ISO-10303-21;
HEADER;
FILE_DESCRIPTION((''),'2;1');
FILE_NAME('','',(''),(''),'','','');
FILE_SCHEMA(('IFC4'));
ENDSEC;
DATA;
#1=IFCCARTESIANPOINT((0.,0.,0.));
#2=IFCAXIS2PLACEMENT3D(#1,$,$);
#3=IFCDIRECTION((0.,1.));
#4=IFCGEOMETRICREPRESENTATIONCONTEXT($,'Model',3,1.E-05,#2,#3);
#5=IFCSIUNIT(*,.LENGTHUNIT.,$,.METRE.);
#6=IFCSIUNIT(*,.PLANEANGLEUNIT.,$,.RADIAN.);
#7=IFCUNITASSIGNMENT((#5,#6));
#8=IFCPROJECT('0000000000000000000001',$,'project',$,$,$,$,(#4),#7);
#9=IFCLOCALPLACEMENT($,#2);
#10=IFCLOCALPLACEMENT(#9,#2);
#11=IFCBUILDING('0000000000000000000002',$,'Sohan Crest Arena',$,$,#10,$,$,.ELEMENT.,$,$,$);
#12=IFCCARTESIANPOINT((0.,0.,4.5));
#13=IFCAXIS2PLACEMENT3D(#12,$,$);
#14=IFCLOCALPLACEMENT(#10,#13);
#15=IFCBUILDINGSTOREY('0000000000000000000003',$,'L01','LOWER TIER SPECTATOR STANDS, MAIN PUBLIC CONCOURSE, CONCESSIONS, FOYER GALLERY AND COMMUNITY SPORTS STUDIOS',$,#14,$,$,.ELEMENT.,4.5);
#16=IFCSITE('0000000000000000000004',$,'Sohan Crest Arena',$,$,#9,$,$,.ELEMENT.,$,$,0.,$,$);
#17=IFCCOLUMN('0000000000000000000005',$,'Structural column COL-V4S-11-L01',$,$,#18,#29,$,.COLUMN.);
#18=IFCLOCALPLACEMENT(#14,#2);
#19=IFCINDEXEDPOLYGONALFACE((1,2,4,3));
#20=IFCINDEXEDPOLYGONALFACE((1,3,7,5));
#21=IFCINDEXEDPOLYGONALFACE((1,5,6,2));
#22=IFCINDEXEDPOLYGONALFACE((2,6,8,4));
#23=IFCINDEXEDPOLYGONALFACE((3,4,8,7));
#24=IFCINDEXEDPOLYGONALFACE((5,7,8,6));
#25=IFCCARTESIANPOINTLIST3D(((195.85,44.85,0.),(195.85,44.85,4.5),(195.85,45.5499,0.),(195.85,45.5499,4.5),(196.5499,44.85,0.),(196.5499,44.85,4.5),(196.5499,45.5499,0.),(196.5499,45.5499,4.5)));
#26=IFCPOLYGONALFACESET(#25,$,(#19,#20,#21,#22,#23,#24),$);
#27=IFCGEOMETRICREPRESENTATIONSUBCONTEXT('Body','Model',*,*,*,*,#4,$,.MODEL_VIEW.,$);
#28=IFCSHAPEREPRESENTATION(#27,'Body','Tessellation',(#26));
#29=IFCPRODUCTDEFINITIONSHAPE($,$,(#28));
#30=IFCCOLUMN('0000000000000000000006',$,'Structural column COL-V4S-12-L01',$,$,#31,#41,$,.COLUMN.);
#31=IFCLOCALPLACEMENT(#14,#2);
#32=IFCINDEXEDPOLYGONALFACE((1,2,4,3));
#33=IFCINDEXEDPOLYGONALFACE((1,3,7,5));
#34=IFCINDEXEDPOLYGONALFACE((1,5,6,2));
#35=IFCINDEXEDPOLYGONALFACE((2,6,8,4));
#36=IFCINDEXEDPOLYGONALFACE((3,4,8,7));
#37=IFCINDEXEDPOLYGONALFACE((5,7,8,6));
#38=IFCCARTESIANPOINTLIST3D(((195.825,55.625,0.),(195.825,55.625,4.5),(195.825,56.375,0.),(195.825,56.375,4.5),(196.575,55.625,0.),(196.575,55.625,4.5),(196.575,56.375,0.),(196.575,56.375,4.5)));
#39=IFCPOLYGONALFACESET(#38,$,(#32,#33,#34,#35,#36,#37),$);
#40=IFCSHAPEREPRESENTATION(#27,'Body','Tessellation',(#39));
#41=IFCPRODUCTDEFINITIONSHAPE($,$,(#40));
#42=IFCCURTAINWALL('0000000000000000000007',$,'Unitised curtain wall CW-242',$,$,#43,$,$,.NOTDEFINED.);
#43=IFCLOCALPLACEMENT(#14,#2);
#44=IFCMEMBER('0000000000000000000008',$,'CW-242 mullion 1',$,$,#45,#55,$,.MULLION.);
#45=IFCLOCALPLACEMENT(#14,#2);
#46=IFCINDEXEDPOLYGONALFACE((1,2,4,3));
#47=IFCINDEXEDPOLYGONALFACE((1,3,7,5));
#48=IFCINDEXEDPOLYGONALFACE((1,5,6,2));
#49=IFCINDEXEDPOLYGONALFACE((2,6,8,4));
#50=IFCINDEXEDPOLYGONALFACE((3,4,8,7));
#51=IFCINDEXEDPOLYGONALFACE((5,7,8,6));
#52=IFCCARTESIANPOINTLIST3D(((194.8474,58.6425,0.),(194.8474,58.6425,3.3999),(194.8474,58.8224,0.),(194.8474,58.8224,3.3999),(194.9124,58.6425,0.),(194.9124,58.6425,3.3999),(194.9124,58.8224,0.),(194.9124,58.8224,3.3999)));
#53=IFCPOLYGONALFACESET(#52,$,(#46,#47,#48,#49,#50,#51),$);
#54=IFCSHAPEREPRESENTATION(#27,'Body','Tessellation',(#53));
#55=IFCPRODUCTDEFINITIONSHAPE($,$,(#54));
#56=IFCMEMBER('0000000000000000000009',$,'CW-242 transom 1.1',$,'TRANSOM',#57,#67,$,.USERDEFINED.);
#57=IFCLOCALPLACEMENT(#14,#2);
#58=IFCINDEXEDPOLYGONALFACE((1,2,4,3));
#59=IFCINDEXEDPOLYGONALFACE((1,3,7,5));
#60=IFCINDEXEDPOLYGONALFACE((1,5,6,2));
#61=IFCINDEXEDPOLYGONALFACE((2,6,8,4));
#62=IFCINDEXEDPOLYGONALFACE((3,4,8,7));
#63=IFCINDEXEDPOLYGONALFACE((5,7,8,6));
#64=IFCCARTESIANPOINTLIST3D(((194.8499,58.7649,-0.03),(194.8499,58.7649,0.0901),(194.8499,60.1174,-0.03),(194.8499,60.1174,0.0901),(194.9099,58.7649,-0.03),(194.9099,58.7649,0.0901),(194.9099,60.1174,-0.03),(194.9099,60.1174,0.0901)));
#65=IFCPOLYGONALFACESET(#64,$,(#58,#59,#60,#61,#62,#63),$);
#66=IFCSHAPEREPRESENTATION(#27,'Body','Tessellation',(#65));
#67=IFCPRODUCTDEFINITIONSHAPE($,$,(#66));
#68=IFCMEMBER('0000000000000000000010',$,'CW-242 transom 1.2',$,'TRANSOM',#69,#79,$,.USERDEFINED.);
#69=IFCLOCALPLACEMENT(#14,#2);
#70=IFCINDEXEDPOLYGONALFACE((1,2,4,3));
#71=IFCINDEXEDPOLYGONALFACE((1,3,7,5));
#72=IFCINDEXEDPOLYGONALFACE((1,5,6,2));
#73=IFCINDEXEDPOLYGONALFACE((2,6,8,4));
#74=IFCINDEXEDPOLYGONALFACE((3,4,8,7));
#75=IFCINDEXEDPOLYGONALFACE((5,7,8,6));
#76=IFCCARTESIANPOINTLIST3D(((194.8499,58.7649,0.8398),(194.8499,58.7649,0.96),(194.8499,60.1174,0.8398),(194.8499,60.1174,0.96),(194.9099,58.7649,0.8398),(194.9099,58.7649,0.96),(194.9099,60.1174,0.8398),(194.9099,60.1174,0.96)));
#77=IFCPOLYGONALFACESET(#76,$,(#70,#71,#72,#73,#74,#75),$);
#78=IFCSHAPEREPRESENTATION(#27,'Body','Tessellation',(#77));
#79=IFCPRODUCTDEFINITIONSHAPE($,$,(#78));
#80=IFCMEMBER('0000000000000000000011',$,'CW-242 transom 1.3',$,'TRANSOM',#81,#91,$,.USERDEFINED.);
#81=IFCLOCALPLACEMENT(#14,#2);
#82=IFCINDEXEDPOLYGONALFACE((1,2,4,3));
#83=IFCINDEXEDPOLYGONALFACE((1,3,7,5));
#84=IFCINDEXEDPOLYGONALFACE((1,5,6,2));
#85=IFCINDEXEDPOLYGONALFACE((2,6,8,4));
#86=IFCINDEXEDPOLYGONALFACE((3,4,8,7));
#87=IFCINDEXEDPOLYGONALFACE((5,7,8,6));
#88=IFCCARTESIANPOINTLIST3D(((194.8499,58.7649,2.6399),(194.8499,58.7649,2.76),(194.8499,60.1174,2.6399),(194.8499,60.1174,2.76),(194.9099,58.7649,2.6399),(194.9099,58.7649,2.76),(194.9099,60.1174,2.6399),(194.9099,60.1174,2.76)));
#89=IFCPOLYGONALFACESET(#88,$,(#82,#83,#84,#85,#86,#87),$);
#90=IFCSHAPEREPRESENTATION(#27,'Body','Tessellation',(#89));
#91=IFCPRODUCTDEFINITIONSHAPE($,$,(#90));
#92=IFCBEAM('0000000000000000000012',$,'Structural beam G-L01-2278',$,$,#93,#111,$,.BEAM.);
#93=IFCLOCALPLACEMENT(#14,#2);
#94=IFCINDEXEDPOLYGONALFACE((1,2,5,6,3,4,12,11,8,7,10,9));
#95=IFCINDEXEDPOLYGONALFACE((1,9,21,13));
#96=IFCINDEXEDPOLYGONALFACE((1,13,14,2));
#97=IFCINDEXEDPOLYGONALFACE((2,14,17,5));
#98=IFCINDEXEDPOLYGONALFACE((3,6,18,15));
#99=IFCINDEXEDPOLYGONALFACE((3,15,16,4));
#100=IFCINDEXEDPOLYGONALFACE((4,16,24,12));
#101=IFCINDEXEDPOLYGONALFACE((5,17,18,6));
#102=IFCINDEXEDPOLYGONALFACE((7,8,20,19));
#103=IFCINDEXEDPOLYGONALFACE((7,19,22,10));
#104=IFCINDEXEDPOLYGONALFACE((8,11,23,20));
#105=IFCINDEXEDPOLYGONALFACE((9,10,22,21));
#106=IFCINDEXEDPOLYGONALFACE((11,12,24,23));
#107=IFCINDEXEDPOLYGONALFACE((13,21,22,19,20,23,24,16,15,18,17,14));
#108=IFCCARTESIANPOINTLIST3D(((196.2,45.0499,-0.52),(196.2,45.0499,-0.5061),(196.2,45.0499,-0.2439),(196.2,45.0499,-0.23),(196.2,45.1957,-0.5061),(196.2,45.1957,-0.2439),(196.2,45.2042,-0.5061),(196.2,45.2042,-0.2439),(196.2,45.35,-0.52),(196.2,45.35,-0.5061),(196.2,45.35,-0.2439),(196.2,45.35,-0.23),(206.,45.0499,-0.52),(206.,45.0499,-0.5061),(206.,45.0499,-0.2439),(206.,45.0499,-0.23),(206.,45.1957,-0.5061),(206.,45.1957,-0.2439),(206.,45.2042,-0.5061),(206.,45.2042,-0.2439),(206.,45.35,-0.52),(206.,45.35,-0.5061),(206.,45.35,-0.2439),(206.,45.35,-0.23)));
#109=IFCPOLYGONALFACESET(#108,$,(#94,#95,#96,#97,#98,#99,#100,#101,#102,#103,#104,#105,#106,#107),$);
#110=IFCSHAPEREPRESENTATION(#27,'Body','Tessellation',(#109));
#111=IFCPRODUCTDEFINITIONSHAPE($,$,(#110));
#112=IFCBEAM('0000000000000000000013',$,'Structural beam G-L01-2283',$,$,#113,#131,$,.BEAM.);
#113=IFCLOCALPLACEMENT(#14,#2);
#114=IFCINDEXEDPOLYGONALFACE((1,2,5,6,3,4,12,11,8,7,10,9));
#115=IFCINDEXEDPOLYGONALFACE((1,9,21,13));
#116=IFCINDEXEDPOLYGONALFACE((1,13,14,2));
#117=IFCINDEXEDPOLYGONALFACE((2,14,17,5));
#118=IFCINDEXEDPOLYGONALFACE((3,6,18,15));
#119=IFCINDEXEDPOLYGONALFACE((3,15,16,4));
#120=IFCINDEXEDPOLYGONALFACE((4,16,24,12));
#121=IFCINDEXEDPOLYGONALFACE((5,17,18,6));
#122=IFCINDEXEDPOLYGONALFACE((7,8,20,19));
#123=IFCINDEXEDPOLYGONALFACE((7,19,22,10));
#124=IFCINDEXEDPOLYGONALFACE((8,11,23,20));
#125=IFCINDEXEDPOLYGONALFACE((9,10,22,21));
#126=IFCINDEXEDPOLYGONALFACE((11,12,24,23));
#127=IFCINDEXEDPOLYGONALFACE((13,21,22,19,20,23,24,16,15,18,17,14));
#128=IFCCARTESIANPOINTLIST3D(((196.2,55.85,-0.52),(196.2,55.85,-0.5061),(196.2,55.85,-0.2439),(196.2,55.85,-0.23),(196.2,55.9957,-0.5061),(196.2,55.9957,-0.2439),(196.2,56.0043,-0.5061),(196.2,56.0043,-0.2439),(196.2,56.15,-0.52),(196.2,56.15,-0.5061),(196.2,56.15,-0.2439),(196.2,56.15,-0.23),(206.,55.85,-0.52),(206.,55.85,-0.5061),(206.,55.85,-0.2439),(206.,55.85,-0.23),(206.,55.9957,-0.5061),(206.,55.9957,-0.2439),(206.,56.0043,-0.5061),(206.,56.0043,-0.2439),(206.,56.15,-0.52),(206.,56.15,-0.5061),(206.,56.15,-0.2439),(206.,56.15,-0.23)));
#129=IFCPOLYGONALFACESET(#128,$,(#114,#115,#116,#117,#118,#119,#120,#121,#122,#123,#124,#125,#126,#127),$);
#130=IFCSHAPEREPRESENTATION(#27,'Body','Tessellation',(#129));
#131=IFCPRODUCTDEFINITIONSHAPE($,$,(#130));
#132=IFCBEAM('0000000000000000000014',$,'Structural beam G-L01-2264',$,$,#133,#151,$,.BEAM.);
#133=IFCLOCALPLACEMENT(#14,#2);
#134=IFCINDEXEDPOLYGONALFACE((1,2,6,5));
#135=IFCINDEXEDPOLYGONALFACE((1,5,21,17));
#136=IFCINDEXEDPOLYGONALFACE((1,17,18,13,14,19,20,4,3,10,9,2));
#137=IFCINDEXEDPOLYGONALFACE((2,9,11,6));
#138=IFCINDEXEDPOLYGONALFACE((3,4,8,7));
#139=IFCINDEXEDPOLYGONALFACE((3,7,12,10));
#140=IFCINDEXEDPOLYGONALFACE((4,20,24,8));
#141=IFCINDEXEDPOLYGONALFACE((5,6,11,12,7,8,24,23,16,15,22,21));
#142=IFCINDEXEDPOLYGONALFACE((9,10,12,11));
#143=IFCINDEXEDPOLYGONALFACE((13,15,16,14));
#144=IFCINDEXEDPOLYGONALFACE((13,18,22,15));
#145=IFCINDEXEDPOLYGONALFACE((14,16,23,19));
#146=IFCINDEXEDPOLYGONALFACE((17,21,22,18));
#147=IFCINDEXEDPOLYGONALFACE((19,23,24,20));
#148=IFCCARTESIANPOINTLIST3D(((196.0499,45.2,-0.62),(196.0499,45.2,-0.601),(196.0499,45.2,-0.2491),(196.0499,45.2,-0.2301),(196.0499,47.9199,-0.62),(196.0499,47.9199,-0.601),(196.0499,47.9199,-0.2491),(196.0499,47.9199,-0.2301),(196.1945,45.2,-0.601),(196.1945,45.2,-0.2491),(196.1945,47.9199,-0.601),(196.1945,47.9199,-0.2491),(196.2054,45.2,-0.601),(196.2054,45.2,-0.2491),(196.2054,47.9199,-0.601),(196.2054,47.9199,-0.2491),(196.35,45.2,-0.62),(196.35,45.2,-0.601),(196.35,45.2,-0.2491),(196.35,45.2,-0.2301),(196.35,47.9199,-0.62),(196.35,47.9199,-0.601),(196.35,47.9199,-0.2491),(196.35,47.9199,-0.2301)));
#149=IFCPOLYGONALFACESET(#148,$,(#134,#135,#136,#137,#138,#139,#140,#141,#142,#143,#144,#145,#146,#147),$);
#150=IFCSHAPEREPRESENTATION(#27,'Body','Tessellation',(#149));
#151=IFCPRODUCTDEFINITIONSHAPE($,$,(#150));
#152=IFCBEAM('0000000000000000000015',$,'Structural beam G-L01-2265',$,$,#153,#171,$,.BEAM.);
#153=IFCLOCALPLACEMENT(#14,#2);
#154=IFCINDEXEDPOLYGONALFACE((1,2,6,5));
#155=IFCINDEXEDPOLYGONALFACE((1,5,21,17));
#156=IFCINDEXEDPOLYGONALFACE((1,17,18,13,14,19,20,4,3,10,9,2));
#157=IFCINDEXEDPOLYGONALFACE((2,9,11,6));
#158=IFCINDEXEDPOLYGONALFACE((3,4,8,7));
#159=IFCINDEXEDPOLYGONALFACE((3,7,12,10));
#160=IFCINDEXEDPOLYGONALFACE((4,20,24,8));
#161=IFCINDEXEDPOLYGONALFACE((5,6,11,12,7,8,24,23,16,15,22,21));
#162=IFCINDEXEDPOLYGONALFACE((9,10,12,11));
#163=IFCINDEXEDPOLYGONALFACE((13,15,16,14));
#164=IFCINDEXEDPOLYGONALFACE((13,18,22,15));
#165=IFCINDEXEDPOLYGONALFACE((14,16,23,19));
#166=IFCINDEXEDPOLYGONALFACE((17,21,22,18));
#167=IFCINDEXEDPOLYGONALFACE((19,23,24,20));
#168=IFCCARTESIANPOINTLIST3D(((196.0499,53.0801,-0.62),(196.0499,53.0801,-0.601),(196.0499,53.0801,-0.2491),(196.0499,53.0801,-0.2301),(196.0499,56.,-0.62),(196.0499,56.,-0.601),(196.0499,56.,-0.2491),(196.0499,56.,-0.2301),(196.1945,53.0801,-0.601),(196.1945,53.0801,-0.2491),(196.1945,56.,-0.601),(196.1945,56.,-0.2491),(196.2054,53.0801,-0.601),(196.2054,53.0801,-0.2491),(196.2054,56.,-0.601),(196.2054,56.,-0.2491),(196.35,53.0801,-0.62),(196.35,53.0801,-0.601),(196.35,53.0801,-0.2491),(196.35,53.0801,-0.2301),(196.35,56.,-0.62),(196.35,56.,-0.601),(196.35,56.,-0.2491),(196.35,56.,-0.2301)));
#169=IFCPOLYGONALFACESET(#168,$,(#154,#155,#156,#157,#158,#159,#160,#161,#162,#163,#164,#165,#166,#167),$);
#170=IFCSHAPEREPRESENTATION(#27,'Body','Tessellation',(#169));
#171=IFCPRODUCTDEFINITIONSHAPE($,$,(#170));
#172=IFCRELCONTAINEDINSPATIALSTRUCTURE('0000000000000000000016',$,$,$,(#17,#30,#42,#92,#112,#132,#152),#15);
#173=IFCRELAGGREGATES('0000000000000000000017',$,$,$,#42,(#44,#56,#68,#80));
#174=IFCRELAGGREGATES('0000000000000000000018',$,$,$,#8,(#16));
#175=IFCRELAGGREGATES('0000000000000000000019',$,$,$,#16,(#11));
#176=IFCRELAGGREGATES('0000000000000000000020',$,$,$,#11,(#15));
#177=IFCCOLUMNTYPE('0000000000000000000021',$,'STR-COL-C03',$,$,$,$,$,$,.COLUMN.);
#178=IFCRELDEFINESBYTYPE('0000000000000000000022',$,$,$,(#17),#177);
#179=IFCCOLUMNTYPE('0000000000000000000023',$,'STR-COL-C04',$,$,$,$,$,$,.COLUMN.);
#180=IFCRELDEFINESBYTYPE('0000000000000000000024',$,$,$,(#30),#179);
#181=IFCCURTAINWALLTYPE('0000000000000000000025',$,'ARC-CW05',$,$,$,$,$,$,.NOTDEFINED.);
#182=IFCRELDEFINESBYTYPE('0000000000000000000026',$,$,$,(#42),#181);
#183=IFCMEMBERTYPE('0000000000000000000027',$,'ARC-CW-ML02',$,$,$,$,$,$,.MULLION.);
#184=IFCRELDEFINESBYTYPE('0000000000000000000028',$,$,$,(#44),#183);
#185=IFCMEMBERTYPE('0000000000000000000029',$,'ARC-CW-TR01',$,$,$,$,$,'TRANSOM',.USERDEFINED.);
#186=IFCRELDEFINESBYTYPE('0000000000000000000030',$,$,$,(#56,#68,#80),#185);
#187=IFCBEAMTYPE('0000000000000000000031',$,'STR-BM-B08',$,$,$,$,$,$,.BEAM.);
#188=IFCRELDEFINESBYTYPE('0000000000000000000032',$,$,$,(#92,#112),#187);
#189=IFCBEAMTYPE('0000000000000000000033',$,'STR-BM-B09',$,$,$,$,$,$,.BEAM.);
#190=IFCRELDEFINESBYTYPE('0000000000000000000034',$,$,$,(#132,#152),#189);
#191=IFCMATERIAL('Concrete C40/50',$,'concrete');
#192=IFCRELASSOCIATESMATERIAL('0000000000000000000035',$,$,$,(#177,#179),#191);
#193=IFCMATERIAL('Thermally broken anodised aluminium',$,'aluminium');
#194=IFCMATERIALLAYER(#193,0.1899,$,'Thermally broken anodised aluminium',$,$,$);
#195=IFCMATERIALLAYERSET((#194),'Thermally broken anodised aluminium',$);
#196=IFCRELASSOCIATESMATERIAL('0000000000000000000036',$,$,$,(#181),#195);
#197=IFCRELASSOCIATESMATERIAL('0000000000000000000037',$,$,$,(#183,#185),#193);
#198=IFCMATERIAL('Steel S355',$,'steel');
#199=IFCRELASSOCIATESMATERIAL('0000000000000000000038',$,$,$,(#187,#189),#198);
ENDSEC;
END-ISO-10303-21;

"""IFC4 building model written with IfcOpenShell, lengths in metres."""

from ifc_helpers import new_model, si_unit, direction, frame, origin, origin_2d, place, context, subcontext, project, spatial, rectangle, i_section, extrude, material, layer, layer_set, material_profile, profile_set, type_object, element, aggregate, save


model = new_model("IFC4")

# Units and contexts
model_context = context("Model", 3, precision=1e-05, world=origin(), true_north=direction((0.0, 1.0)))
body_context = subcontext(model_context, "Body", "Model", "MODEL_VIEW")
ifc_project = project(units=[si_unit("LENGTHUNIT", "METRE"), si_unit("PLANEANGLEUNIT", "RADIAN")], contexts=[model_context])

# Site, building, storey
site_placement = place(None, origin())
site = spatial("IfcSite", under=ifc_project, at=site_placement, Name="Sohan Crest Arena", CompositionType="ELEMENT", RefElevation=0.0)
building_placement = place(site_placement, origin())
building = spatial("IfcBuilding", under=site, at=building_placement, Name="Sohan Crest Arena", CompositionType="ELEMENT")
storey_placement = place(building_placement, frame((0.0, 0.0, 4.5)))
storey = spatial("IfcBuildingStorey", under=building, at=storey_placement, Name="L01", Description="LOWER TIER SPECTATOR STANDS, MAIN PUBLIC CONCOURSE, CONCESSIONS, FOYER GALLERY AND COMMUNITY SPORTS STUDIOS", CompositionType="ELEMENT", Elevation=4.5)

# Columns
ifc_material_1 = material(Name="Concrete C40/50", Category="concrete")
ifc_material_profile_1 = material_profile(ifc_material_1, rectangle(XDim=0.7, YDim=0.7, at=origin_2d()), Name="RC 700x700")
ifc_profile_set_1 = profile_set([ifc_material_profile_1], Name="Concrete C40/50")
column_type_1 = type_object("IfcColumnType", Name="STR-COL-C03", PredefinedType="COLUMN", material=ifc_profile_set_1)
column_1_placement = place(storey_placement, frame((196.2, 45.2, 0.0), z_axis=(0.0, 0.0, 1.0), x_axis=(1.0, 0.0, 0.0)))
element("IfcColumn", 1, at=column_1_placement, inside=storey, type_object=column_type_1, Name="Structural column COL-V4S-11-L01", PredefinedType="COLUMN", context=body_context, shape_type="SweptSolid", body=[
    extrude(rectangle(XDim=0.7, YDim=0.7, at=origin_2d()), origin(), (0.0, 0.0, 1.0), 4.5),
])
ifc_material_profile_2 = material_profile(ifc_material_1, rectangle(XDim=0.75, YDim=0.75, at=origin_2d()), Name="RC 750x750")
ifc_profile_set_2 = profile_set([ifc_material_profile_2], Name="Concrete C40/50")
column_type_2 = type_object("IfcColumnType", Name="STR-COL-C04", PredefinedType="COLUMN", material=ifc_profile_set_2)
column_2_placement = place(storey_placement, frame((196.2, 56.0, 0.0), z_axis=(0.0, 0.0, 1.0), x_axis=(1.0, 0.0, 0.0)))
element("IfcColumn", 2, at=column_2_placement, inside=storey, type_object=column_type_2, Name="Structural column COL-V4S-12-L01", PredefinedType="COLUMN", context=body_context, shape_type="SweptSolid", body=[
    extrude(rectangle(XDim=0.75, YDim=0.75, at=origin_2d()), origin(), (0.0, 0.0, 1.0), 4.5),
])

# Curtain wall, members
ifc_material_2 = material(Name="Thermally broken anodised aluminium", Category="aluminium")
ifc_layer_1 = layer(ifc_material_2, 0.1899, Name="Thermally broken anodised aluminium")
ifc_layer_set_1 = layer_set([ifc_layer_1], Name="Thermally broken anodised aluminium")
curtain_wall_type = type_object("IfcCurtainWallType", Name="ARC-CW05", PredefinedType="NOTDEFINED", material=ifc_layer_set_1)
curtain_wall_placement = place(storey_placement, origin())
curtain_wall = element("IfcCurtainWall", 3, at=curtain_wall_placement, inside=storey, type_object=curtain_wall_type, Name="Unitised curtain wall CW-242", PredefinedType="NOTDEFINED")
ifc_material_profile_3 = material_profile(ifc_material_2, rectangle(XDim=0.0649, YDim=0.1799, at=origin_2d()), Name="ALU-MULL 65x180")
ifc_profile_set_3 = profile_set([ifc_material_profile_3], Name="Thermally broken anodised aluminium")
member_type_1 = type_object("IfcMemberType", Name="ARC-CW-ML02", PredefinedType="MULLION", material=ifc_profile_set_3)
member_1_placement = place(storey_placement, frame((194.8799, 58.7324, 0.0), z_axis=(0.0, 0.0, 1.0), x_axis=(-1.0, 0.0, 0.0)))
member_1 = element("IfcMember", 4, at=member_1_placement, type_object=member_type_1, Name="CW-242 mullion 1", PredefinedType="MULLION", context=body_context, shape_type="SweptSolid", body=[
    extrude(rectangle(XDim=0.0649, YDim=0.1799, at=origin_2d()), origin(), (0.0, 0.0, 1.0), 3.3999),
])
ifc_material_profile_4 = material_profile(ifc_material_2, rectangle(XDim=0.0601, YDim=0.1201, at=origin_2d()), Name="ALU-TRAN 60x120")
ifc_profile_set_4 = profile_set([ifc_material_profile_4], Name="Thermally broken anodised aluminium")
member_type_2 = type_object("IfcMemberType", Name="ARC-CW-TR01", ElementType="TRANSOM", PredefinedType="USERDEFINED", material=ifc_profile_set_4)
member_2_placement = place(storey_placement, frame((194.8799, 58.7649, 0.03), z_axis=(0.0, 1.0, 0.0), x_axis=(-1.0, 0.0, 0.0)))
member_2 = element("IfcMember", 5, at=member_2_placement, type_object=member_type_2, Name="CW-242 transom 1.1", ObjectType="TRANSOM", PredefinedType="USERDEFINED", context=body_context, shape_type="SweptSolid", body=[
    extrude(rectangle(XDim=0.0601, YDim=0.1201, at=origin_2d()), origin(), (0.0, 0.0, 1.0), 1.3525),
])
member_3_placement = place(storey_placement, frame((194.8799, 58.7649, 0.8999), z_axis=(0.0, 1.0, 0.0), x_axis=(-1.0, 0.0, 0.0)))
member_3 = element("IfcMember", 6, at=member_3_placement, type_object=member_type_2, Name="CW-242 transom 1.2", ObjectType="TRANSOM", PredefinedType="USERDEFINED", context=body_context, shape_type="SweptSolid", body=[
    extrude(rectangle(XDim=0.0601, YDim=0.1201, at=origin_2d()), origin(), (0.0, 0.0, 1.0), 1.3525),
])
member_4_placement = place(storey_placement, frame((194.8799, 58.7649, 2.7), z_axis=(0.0, 1.0, 0.0), x_axis=(-1.0, 0.0, 0.0)))
member_4 = element("IfcMember", 7, at=member_4_placement, type_object=member_type_2, Name="CW-242 transom 1.3", ObjectType="TRANSOM", PredefinedType="USERDEFINED", context=body_context, shape_type="SweptSolid", body=[
    extrude(rectangle(XDim=0.0601, YDim=0.1201, at=origin_2d()), origin(), (0.0, 0.0, 1.0), 1.3525),
])
aggregate(curtain_wall, [member_1, member_2, member_3, member_4])

# Beams
ifc_material_3 = material(Name="Steel S355", Category="steel")
ifc_material_profile_5 = material_profile(ifc_material_3, i_section(OverallWidth=0.3, OverallDepth=0.29, WebThickness=0.0085, FlangeThickness=0.0139, at=origin_2d()), Name="HEA 300")
ifc_profile_set_5 = profile_set([ifc_material_profile_5], Name="Steel S355")
beam_type_1 = type_object("IfcBeamType", Name="STR-BM-B08", PredefinedType="BEAM", material=ifc_profile_set_5)
for number, where, z_axis, x_axis, name in (
    (8, (196.2, 45.2, -0.375), (1.0, 0.0, 0.0), (0.0, 1.0, 0.0), "Structural beam G-L01-2278"),
    (9, (196.2, 56.0, -0.375), (1.0, 0.0, 0.0), (0.0, 1.0, 0.0), "Structural beam G-L01-2283"),
):
    element("IfcBeam", number, at=place(storey_placement, frame(where, z_axis=z_axis, x_axis=x_axis)), inside=storey, type_object=beam_type_1, Name=name, PredefinedType="BEAM", context=body_context, shape_type="SweptSolid", body=[
        extrude(i_section(OverallWidth=0.3, OverallDepth=0.29, WebThickness=0.0085, FlangeThickness=0.0139, at=origin_2d()), origin(), (0.0, 0.0, 1.0), 9.8),
    ])
ifc_material_profile_6 = material_profile(ifc_material_3, i_section(OverallWidth=0.3, OverallDepth=0.3899, WebThickness=0.011, FlangeThickness=0.019, at=origin_2d()), Name="HEA 400")
ifc_profile_set_6 = profile_set([ifc_material_profile_6], Name="Steel S355")
beam_type_2 = type_object("IfcBeamType", Name="STR-BM-B09", PredefinedType="BEAM", material=ifc_profile_set_6)
beam_1_placement = place(storey_placement, frame((196.2, 45.2, -0.425), z_axis=(0.0, 1.0, 0.0), x_axis=(-1.0, 0.0, 0.0)))
element("IfcBeam", 10, at=beam_1_placement, inside=storey, type_object=beam_type_2, Name="Structural beam G-L01-2264", PredefinedType="BEAM", context=body_context, shape_type="SweptSolid", body=[
    extrude(i_section(OverallWidth=0.3, OverallDepth=0.3899, WebThickness=0.011, FlangeThickness=0.019, at=origin_2d()), origin(), (0.0, 0.0, 1.0), 2.72),
])
beam_2_placement = place(storey_placement, frame((196.2, 53.0801, -0.425), z_axis=(0.0, 1.0, 0.0), x_axis=(-1.0, 0.0, 0.0)))
element("IfcBeam", 11, at=beam_2_placement, inside=storey, type_object=beam_type_2, Name="Structural beam G-L01-2265", PredefinedType="BEAM", context=body_context, shape_type="SweptSolid", body=[
    extrude(i_section(OverallWidth=0.3, OverallDepth=0.3899, WebThickness=0.011, FlangeThickness=0.019, at=origin_2d()), origin(), (0.0, 0.0, 1.0), 2.9199),
])

save(model, "model.ifc")
